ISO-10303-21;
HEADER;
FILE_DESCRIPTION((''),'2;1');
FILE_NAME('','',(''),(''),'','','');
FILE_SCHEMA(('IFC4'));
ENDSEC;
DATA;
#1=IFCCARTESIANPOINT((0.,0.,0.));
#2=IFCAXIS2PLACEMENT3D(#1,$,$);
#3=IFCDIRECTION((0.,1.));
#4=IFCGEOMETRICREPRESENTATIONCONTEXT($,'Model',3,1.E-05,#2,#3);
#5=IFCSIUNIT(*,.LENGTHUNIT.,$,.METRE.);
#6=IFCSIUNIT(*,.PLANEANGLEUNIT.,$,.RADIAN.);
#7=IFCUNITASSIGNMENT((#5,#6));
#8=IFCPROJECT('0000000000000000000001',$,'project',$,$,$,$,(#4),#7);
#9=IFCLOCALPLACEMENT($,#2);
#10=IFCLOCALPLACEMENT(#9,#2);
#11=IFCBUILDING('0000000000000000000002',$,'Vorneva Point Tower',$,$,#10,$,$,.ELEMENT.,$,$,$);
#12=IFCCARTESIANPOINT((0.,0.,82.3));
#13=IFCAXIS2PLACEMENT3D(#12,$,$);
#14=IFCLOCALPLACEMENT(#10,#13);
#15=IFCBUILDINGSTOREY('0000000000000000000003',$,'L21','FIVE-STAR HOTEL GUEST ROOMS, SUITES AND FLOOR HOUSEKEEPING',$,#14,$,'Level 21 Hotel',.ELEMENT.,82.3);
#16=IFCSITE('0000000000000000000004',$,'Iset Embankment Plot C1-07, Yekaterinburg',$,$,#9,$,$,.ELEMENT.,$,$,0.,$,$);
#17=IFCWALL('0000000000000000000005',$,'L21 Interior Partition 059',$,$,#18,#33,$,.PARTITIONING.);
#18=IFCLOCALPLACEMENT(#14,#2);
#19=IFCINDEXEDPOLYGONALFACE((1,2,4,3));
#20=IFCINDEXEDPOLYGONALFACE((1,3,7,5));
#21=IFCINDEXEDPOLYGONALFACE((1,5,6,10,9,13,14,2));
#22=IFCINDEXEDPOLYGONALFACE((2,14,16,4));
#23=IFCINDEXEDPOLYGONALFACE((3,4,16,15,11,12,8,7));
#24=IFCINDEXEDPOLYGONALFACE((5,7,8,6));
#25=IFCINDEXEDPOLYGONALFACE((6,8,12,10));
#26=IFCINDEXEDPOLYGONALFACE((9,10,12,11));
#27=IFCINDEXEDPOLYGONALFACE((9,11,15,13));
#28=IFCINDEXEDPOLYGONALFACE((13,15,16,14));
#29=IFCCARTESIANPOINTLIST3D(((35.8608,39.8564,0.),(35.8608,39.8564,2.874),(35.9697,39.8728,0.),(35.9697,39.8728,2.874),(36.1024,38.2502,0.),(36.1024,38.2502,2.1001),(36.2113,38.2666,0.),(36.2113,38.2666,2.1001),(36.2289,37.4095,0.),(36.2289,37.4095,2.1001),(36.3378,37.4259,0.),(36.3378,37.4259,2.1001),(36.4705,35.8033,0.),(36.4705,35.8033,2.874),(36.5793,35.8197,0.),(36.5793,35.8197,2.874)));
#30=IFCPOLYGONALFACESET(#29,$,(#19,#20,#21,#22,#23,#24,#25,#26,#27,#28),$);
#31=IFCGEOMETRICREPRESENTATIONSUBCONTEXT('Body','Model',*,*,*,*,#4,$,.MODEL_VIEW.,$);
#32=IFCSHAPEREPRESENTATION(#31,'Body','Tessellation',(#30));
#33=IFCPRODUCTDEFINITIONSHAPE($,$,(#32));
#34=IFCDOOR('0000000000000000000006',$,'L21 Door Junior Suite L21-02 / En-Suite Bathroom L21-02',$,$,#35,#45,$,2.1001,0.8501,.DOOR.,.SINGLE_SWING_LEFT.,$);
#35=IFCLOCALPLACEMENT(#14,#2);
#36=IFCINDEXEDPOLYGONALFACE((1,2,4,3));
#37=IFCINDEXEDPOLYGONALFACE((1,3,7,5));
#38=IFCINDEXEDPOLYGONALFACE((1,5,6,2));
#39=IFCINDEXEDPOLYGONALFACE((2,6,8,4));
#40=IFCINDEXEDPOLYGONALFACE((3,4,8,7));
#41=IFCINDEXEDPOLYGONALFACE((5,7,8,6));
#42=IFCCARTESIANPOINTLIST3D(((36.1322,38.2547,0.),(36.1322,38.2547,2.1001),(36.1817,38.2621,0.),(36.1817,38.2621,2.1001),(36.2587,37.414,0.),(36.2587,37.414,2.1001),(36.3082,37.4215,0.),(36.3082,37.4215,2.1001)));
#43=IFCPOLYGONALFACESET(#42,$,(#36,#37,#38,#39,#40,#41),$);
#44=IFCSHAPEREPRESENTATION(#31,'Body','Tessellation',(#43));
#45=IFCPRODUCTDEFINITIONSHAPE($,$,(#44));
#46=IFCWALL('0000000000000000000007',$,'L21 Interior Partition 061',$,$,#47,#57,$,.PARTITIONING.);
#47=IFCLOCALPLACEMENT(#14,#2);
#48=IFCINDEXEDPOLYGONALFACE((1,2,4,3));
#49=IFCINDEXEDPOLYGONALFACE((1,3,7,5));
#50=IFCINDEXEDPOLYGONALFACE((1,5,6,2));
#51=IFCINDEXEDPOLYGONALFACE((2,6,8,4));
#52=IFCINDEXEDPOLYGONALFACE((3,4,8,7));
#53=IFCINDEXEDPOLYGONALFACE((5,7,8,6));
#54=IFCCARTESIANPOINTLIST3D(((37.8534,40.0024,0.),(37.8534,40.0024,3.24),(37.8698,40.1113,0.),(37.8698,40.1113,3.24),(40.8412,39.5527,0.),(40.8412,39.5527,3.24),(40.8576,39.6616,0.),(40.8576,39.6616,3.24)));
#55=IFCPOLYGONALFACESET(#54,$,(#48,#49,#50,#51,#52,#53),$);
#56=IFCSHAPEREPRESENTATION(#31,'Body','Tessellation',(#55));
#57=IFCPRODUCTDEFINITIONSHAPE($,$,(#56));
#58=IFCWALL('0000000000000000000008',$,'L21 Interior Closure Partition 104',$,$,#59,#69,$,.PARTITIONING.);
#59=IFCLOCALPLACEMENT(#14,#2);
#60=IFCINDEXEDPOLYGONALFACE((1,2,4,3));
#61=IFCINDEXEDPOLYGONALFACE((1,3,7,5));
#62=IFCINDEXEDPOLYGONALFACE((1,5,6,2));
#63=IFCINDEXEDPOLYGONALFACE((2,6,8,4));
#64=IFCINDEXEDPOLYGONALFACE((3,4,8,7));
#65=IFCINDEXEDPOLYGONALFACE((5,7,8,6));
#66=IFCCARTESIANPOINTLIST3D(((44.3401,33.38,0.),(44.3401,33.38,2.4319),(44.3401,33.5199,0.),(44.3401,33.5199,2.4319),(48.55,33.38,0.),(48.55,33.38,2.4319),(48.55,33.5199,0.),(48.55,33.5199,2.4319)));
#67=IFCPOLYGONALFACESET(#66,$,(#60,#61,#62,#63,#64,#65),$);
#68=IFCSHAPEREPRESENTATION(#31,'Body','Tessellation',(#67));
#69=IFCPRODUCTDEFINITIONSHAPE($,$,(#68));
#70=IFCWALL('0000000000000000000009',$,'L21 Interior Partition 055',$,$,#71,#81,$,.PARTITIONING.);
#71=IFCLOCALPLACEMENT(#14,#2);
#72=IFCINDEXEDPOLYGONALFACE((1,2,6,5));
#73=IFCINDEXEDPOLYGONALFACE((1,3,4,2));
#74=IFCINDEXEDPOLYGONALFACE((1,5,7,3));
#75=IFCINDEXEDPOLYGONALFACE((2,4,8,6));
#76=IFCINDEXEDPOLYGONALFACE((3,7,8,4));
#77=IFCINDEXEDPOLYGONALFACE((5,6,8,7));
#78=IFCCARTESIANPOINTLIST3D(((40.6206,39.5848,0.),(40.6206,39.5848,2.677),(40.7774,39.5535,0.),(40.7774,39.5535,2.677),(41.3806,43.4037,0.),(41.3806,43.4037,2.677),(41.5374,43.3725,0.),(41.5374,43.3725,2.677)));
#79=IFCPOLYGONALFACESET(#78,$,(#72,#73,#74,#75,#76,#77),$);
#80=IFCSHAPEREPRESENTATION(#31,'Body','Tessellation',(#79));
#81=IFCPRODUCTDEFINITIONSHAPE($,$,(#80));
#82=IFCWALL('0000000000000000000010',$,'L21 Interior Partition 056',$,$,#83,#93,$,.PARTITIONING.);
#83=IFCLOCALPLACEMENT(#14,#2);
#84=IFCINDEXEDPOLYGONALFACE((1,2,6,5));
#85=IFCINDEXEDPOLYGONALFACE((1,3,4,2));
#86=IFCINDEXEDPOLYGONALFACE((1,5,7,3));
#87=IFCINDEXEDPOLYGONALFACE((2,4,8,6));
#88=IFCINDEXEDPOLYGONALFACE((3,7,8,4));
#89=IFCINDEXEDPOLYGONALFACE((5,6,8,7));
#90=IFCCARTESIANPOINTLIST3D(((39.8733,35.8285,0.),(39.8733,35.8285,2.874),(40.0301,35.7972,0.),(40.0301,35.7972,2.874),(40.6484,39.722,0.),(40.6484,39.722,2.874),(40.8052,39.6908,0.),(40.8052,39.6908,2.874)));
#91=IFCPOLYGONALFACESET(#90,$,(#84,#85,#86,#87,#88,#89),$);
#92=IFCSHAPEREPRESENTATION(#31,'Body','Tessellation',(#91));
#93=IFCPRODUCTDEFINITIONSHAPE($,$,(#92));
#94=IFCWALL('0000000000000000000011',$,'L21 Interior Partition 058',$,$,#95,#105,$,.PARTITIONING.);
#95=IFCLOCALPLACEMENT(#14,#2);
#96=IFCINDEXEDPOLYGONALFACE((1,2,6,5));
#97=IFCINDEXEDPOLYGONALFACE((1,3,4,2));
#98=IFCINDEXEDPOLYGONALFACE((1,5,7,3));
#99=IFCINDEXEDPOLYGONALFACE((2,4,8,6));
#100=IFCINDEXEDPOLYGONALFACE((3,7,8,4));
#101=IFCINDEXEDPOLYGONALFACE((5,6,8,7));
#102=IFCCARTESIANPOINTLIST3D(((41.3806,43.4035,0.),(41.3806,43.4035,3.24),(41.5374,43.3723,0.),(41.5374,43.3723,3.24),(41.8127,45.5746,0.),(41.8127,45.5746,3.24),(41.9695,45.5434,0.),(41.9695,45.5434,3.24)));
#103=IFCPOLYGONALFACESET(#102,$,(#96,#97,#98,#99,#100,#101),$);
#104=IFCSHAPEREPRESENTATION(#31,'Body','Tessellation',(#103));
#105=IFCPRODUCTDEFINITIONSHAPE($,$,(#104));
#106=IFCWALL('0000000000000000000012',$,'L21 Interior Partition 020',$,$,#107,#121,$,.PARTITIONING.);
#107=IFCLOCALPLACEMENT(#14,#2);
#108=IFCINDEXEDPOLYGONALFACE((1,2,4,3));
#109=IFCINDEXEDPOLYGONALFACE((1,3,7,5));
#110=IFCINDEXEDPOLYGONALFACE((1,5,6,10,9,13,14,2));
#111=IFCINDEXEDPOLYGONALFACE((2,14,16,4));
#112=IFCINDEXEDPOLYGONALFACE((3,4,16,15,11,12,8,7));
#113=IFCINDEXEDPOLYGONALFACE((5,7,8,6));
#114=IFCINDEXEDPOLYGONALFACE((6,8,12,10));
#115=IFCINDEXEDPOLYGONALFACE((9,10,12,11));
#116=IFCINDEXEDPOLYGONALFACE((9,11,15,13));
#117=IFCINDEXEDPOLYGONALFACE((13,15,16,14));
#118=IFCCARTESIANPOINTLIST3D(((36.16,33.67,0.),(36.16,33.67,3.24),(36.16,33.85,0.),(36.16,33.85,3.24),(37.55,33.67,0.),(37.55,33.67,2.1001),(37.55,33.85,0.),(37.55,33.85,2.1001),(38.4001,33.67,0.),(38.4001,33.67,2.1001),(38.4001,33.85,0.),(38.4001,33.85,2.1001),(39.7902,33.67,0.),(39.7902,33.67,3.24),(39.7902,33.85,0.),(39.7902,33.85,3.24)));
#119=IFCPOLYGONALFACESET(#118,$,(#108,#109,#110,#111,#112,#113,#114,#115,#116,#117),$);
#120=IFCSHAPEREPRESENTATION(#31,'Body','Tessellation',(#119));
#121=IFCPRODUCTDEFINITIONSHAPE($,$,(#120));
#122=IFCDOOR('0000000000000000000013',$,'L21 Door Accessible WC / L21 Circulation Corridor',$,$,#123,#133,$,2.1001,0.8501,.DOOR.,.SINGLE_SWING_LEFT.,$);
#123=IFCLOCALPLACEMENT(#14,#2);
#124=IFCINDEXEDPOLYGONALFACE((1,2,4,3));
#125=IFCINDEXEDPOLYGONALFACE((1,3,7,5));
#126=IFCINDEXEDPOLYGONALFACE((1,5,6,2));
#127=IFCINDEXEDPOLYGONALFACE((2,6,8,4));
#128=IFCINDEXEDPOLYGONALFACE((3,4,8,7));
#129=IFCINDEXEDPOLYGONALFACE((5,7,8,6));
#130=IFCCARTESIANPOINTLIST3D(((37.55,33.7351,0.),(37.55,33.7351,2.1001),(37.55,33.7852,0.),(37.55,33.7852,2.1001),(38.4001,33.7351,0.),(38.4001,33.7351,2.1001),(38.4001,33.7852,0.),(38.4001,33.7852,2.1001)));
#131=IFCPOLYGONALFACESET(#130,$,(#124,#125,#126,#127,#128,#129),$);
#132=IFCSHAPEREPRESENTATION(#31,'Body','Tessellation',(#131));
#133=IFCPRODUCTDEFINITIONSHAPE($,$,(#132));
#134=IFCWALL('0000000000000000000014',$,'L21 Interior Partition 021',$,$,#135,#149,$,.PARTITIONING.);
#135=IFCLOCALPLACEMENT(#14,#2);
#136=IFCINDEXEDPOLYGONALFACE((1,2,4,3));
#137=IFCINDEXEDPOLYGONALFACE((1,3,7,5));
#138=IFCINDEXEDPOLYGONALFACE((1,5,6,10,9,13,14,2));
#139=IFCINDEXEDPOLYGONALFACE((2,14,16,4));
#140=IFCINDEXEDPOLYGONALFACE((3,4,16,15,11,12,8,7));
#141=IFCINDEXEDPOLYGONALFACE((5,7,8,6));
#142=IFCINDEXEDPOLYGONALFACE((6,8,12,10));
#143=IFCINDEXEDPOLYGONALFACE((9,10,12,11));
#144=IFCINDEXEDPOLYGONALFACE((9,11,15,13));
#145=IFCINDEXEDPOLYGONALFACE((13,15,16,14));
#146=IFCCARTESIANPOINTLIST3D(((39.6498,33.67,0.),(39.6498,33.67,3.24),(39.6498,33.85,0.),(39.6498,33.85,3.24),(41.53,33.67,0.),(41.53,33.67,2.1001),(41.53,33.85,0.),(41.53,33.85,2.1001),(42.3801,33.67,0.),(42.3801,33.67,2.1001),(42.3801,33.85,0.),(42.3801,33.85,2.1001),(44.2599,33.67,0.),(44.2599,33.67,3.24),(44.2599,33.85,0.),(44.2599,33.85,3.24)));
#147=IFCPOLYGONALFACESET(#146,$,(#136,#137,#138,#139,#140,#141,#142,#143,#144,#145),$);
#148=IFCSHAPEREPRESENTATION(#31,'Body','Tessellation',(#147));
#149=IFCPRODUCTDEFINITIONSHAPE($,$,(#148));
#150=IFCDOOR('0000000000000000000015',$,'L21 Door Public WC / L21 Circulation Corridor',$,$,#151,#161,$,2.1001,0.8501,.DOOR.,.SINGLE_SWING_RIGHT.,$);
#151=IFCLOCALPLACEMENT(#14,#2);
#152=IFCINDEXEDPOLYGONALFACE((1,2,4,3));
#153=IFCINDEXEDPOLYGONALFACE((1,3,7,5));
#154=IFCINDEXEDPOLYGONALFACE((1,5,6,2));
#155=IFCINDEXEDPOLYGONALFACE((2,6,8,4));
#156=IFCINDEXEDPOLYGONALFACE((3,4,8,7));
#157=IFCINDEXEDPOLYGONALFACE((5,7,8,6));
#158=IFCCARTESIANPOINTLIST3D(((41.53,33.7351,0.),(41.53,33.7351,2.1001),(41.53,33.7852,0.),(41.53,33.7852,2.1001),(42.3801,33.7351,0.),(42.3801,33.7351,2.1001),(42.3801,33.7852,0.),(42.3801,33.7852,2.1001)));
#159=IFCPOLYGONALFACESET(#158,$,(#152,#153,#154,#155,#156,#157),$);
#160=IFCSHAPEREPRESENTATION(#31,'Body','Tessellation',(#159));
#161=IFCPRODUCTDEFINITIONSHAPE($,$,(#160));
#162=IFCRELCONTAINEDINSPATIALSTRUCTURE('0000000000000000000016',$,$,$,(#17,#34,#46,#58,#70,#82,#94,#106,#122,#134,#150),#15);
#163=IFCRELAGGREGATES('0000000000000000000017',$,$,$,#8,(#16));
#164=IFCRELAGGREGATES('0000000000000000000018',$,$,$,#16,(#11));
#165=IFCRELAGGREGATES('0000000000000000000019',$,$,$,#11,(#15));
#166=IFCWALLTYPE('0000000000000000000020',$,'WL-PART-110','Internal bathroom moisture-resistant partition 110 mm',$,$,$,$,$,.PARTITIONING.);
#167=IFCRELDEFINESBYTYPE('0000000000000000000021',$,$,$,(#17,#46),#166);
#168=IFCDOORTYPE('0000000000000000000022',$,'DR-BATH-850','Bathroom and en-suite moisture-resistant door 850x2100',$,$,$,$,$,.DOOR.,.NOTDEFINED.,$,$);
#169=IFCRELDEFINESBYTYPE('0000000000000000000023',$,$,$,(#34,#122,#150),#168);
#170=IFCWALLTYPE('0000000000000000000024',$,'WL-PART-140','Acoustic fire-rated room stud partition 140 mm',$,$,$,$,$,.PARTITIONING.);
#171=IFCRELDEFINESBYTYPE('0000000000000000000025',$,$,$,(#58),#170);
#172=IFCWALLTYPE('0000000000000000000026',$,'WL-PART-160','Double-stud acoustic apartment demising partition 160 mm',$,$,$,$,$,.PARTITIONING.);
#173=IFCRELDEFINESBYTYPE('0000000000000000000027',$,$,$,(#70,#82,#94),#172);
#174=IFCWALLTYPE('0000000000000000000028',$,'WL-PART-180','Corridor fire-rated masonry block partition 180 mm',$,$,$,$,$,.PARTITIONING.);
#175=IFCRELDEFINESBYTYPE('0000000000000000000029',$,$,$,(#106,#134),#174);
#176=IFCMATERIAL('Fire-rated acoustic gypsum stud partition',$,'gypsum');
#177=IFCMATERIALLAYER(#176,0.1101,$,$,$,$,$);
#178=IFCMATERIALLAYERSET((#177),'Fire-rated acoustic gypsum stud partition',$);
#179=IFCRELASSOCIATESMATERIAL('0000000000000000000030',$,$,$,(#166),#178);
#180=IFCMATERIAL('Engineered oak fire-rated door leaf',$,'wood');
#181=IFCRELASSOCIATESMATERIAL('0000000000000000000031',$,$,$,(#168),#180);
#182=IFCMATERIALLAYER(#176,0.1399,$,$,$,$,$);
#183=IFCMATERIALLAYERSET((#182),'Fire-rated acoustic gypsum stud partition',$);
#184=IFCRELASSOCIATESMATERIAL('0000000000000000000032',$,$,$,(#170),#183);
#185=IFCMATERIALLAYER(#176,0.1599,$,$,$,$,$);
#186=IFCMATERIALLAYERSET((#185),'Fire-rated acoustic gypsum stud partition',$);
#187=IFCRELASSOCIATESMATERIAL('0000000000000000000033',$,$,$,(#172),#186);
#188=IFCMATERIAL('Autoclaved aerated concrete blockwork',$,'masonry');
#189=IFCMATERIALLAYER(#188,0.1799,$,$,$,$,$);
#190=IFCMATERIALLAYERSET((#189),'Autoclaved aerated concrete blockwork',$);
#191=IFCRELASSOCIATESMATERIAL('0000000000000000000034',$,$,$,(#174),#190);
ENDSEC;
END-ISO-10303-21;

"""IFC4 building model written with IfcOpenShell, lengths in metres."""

from ifc_helpers import new_model, si_unit, direction, frame, frame_2d, origin, place, context, subcontext, project, spatial, rectangle, extrude, material, layer, layer_set, type_object, element, fill, save


model = new_model("IFC4")

# Units and contexts
model_context = context("Model", 3, precision=1e-05, world=origin(), true_north=direction((0.0, 1.0)))
body_context = subcontext(model_context, "Body", "Model", "MODEL_VIEW")
ifc_project = project(units=[si_unit("LENGTHUNIT", "METRE"), si_unit("PLANEANGLEUNIT", "RADIAN")], contexts=[model_context])

# Site, building, storey
site_placement = place(None, origin())
site = spatial("IfcSite", under=ifc_project, at=site_placement, Name="Iset Embankment Plot C1-07, Yekaterinburg", CompositionType="ELEMENT", RefElevation=0.0)
building_placement = place(site_placement, origin())
building = spatial("IfcBuilding", under=site, at=building_placement, Name="Vorneva Point Tower", CompositionType="ELEMENT")
storey_placement = place(building_placement, frame((0.0, 0.0, 82.3)))
storey = spatial("IfcBuildingStorey", under=building, at=storey_placement, Name="L21", Description="FIVE-STAR HOTEL GUEST ROOMS, SUITES AND FLOOR HOUSEKEEPING", LongName="Level 21 Hotel", CompositionType="ELEMENT", Elevation=82.3)

# Shared definitions
ifc_material_1 = material(Name="Fire-rated acoustic gypsum stud partition", Category="gypsum")
ifc_layer_1 = layer(ifc_material_1, 0.1101)
ifc_layer_set_1 = layer_set([ifc_layer_1], Name="Fire-rated acoustic gypsum stud partition")
wall_type_1 = type_object("IfcWallType", Name="WL-PART-110", Description="Internal bathroom moisture-resistant partition 110 mm", PredefinedType="PARTITIONING", material=ifc_layer_set_1)

# Wall, opening, door
wall_1_placement = place(storey_placement, frame((36.5249, 35.8115, 0.0), z_axis=(0.0, 0.0, 1.0), x_axis=(-0.148739, 0.988876, 0.0)))
wall_1 = element("IfcWall", 1, at=wall_1_placement, inside=storey, type_object=wall_type_1, Name="L21 Interior Partition 059", PredefinedType="PARTITIONING", context=body_context, shape_type="SweptSolid", body=[
    extrude(rectangle(XDim=4.0986, YDim=0.1101, at=frame_2d((2.0493, 0.0))), origin(), (0.0, 0.0, 1.0), 2.874),
])
opening_1_placement = place(wall_1_placement, frame((1.6243, 0.0, 0.0)))
opening_1 = element("IfcOpeningElement", 2, at=opening_1_placement, cuts=wall_1, PredefinedType="OPENING", context=body_context, shape_type="SweptSolid", body=[
    extrude(rectangle(XDim=0.8501, YDim=2.1001, at=frame_2d((0.425, 1.05))), frame((0.0, 0.0698, 0.0), z_axis=(0.0, -1.0, 0.0), x_axis=(1.0, 0.0, 0.0)), (0.0, 0.0, 1.0), 0.1399),
])
ifc_material_2 = material(Name="Engineered oak fire-rated door leaf", Category="wood")
door_type_1 = type_object("IfcDoorType", Name="DR-BATH-850", Description="Bathroom and en-suite moisture-resistant door 850x2100", OperationType="NOTDEFINED", PredefinedType="DOOR", material=ifc_material_2)
door_1_placement = place(opening_1_placement, origin())
door_1 = element("IfcDoor", 3, at=door_1_placement, inside=storey, type_object=door_type_1, Name="L21 Door Junior Suite L21-02 / En-Suite Bathroom L21-02", OperationType="SINGLE_SWING_LEFT", OverallHeight=2.1001, OverallWidth=0.8501, PredefinedType="DOOR", context=body_context, shape_type="SweptSolid", body=[
    extrude(rectangle(XDim=0.8501, YDim=2.1001, at=frame_2d((0.425, 1.05))), frame((0.0, 0.0249, 0.0), z_axis=(0.0, -1.0, 0.0), x_axis=(1.0, 0.0, 0.0)), (0.0, 0.0, 1.0), 0.05),
])
fill(opening_1, door_1)

# Walls
wall_2_placement = place(storey_placement, frame((37.8616, 40.0569, 0.0), z_axis=(0.0, 0.0, 1.0), x_axis=(0.988862, -0.148838, 0.0)))
element("IfcWall", 4, at=wall_2_placement, inside=storey, type_object=wall_type_1, Name="L21 Interior Partition 061", PredefinedType="PARTITIONING", context=body_context, shape_type="SweptSolid", body=[
    extrude(rectangle(XDim=3.0215, YDim=0.1101, at=frame_2d((1.5107, 0.0))), origin(), (0.0, 0.0, 1.0), 3.24),
])
ifc_layer_2 = layer(ifc_material_1, 0.1399)
ifc_layer_set_2 = layer_set([ifc_layer_2], Name="Fire-rated acoustic gypsum stud partition")
wall_type_2 = type_object("IfcWallType", Name="WL-PART-140", Description="Acoustic fire-rated room stud partition 140 mm", PredefinedType="PARTITIONING", material=ifc_layer_set_2)
wall_3_placement = place(storey_placement, frame((44.3401, 33.45, 0.0), z_axis=(0.0, 0.0, 1.0), x_axis=(1.0, 0.0, 0.0)))
element("IfcWall", 5, at=wall_3_placement, inside=storey, type_object=wall_type_2, Name="L21 Interior Closure Partition 104", PredefinedType="PARTITIONING", context=body_context, shape_type="SweptSolid", body=[
    extrude(rectangle(XDim=4.21, YDim=0.1399, at=frame_2d((2.105, 0.0))), origin(), (0.0, 0.0, 1.0), 2.4319),
])
ifc_layer_3 = layer(ifc_material_1, 0.1599)
ifc_layer_set_3 = layer_set([ifc_layer_3], Name="Fire-rated acoustic gypsum stud partition")
wall_type_3 = type_object("IfcWallType", Name="WL-PART-160", Description="Double-stud acoustic apartment demising partition 160 mm", PredefinedType="PARTITIONING", material=ifc_layer_set_3)
wall_4_placement = place(storey_placement, frame((41.459, 43.3879, 0.0), z_axis=(0.0, 0.0, 1.0), x_axis=(-0.195188, -0.980766, 0.0)))
element("IfcWall", 6, at=wall_4_placement, inside=storey, type_object=wall_type_3, Name="L21 Interior Partition 055", PredefinedType="PARTITIONING", context=body_context, shape_type="SweptSolid", body=[
    extrude(rectangle(XDim=3.8938, YDim=0.1599, at=frame_2d((1.9468, 0.0))), origin(), (0.0, 0.0, 1.0), 2.677),
])
wall_5_placement = place(storey_placement, frame((40.7268, 39.7063, 0.0), z_axis=(0.0, 0.0, 1.0), x_axis=(-0.195253, -0.980753, 0.0)))
element("IfcWall", 7, at=wall_5_placement, inside=storey, type_object=wall_type_3, Name="L21 Interior Partition 056", PredefinedType="PARTITIONING", context=body_context, shape_type="SweptSolid", body=[
    extrude(rectangle(XDim=3.97, YDim=0.1599, at=frame_2d((1.9849, 0.0))), origin(), (0.0, 0.0, 1.0), 2.874),
])
wall_6_placement = place(storey_placement, frame((41.8911, 45.5591, 0.0), z_axis=(0.0, 0.0, 1.0), x_axis=(-0.195204, -0.980763, 0.0)))
element("IfcWall", 8, at=wall_6_placement, inside=storey, type_object=wall_type_3, Name="L21 Interior Partition 058", PredefinedType="PARTITIONING", context=body_context, shape_type="SweptSolid", body=[
    extrude(rectangle(XDim=2.2136, YDim=0.1599, at=frame_2d((1.1069, 0.0))), origin(), (0.0, 0.0, 1.0), 3.24),
])

# Walls, openings, doors
ifc_material_3 = material(Name="Autoclaved aerated concrete blockwork", Category="masonry")
ifc_layer_4 = layer(ifc_material_3, 0.1799)
ifc_layer_set_4 = layer_set([ifc_layer_4], Name="Autoclaved aerated concrete blockwork")
wall_type_4 = type_object("IfcWallType", Name="WL-PART-180", Description="Corridor fire-rated masonry block partition 180 mm", PredefinedType="PARTITIONING", material=ifc_layer_set_4)
wall_7_placement = place(storey_placement, frame((39.79, 33.76, 0.0), z_axis=(0.0, 0.0, 1.0), x_axis=(-1.0, 0.0, 0.0)))
wall_7 = element("IfcWall", 9, at=wall_7_placement, inside=storey, type_object=wall_type_4, Name="L21 Interior Partition 020", PredefinedType="PARTITIONING", context=body_context, shape_type="SweptSolid", body=[
    extrude(rectangle(XDim=3.6301, YDim=0.1799, at=frame_2d((1.8149, 0.0))), origin(), (0.0, 0.0, 1.0), 3.24),
])
opening_2_placement = place(wall_7_placement, frame((1.3899, 0.0, 0.0)))
opening_2 = element("IfcOpeningElement", 10, at=opening_2_placement, cuts=wall_7, PredefinedType="OPENING", context=body_context, shape_type="SweptSolid", body=[
    extrude(rectangle(XDim=0.8501, YDim=2.1001, at=frame_2d((0.425, 1.05))), frame((0.0, 0.105, 0.0), z_axis=(0.0, -1.0, 0.0), x_axis=(1.0, 0.0, 0.0)), (0.0, 0.0, 1.0), 0.2097),
])
door_2_placement = place(opening_2_placement, origin())
door_2 = element("IfcDoor", 11, at=door_2_placement, inside=storey, type_object=door_type_1, Name="L21 Door Accessible WC / L21 Circulation Corridor", OperationType="SINGLE_SWING_LEFT", OverallHeight=2.1001, OverallWidth=0.8501, PredefinedType="DOOR", context=body_context, shape_type="SweptSolid", body=[
    extrude(rectangle(XDim=0.8501, YDim=2.1001, at=frame_2d((0.425, 1.05))), frame((0.0, 0.0249, 0.0), z_axis=(0.0, -1.0, 0.0), x_axis=(1.0, 0.0, 0.0)), (0.0, 0.0, 1.0), 0.05),
])
fill(opening_2, door_2)
wall_8_placement = place(storey_placement, frame((44.26, 33.76, 0.0), z_axis=(0.0, 0.0, 1.0), x_axis=(-1.0, 0.0, 0.0)))
wall_8 = element("IfcWall", 12, at=wall_8_placement, inside=storey, type_object=wall_type_4, Name="L21 Interior Partition 021", PredefinedType="PARTITIONING", context=body_context, shape_type="SweptSolid", body=[
    extrude(rectangle(XDim=4.6101, YDim=0.1799, at=frame_2d((2.3052, 0.0))), origin(), (0.0, 0.0, 1.0), 3.24),
])
opening_3_placement = place(wall_8_placement, frame((1.8799, 0.0, 0.0)))
opening_3 = element("IfcOpeningElement", 13, at=opening_3_placement, cuts=wall_8, PredefinedType="OPENING", context=body_context, shape_type="SweptSolid", body=[
    extrude(rectangle(XDim=0.8501, YDim=2.1001, at=frame_2d((0.425, 1.05))), frame((0.0, 0.105, 0.0), z_axis=(0.0, -1.0, 0.0), x_axis=(1.0, 0.0, 0.0)), (0.0, 0.0, 1.0), 0.2097),
])
door_3_placement = place(opening_3_placement, origin())
door_3 = element("IfcDoor", 14, at=door_3_placement, inside=storey, type_object=door_type_1, Name="L21 Door Public WC / L21 Circulation Corridor", OperationType="SINGLE_SWING_RIGHT", OverallHeight=2.1001, OverallWidth=0.8501, PredefinedType="DOOR", context=body_context, shape_type="SweptSolid", body=[
    extrude(rectangle(XDim=0.8501, YDim=2.1001, at=frame_2d((0.425, 1.05))), frame((0.0, 0.0249, 0.0), z_axis=(0.0, -1.0, 0.0), x_axis=(1.0, 0.0, 0.0)), (0.0, 0.0, 1.0), 0.05),
])
fill(opening_3, door_3)

save(model, "model.ifc")
